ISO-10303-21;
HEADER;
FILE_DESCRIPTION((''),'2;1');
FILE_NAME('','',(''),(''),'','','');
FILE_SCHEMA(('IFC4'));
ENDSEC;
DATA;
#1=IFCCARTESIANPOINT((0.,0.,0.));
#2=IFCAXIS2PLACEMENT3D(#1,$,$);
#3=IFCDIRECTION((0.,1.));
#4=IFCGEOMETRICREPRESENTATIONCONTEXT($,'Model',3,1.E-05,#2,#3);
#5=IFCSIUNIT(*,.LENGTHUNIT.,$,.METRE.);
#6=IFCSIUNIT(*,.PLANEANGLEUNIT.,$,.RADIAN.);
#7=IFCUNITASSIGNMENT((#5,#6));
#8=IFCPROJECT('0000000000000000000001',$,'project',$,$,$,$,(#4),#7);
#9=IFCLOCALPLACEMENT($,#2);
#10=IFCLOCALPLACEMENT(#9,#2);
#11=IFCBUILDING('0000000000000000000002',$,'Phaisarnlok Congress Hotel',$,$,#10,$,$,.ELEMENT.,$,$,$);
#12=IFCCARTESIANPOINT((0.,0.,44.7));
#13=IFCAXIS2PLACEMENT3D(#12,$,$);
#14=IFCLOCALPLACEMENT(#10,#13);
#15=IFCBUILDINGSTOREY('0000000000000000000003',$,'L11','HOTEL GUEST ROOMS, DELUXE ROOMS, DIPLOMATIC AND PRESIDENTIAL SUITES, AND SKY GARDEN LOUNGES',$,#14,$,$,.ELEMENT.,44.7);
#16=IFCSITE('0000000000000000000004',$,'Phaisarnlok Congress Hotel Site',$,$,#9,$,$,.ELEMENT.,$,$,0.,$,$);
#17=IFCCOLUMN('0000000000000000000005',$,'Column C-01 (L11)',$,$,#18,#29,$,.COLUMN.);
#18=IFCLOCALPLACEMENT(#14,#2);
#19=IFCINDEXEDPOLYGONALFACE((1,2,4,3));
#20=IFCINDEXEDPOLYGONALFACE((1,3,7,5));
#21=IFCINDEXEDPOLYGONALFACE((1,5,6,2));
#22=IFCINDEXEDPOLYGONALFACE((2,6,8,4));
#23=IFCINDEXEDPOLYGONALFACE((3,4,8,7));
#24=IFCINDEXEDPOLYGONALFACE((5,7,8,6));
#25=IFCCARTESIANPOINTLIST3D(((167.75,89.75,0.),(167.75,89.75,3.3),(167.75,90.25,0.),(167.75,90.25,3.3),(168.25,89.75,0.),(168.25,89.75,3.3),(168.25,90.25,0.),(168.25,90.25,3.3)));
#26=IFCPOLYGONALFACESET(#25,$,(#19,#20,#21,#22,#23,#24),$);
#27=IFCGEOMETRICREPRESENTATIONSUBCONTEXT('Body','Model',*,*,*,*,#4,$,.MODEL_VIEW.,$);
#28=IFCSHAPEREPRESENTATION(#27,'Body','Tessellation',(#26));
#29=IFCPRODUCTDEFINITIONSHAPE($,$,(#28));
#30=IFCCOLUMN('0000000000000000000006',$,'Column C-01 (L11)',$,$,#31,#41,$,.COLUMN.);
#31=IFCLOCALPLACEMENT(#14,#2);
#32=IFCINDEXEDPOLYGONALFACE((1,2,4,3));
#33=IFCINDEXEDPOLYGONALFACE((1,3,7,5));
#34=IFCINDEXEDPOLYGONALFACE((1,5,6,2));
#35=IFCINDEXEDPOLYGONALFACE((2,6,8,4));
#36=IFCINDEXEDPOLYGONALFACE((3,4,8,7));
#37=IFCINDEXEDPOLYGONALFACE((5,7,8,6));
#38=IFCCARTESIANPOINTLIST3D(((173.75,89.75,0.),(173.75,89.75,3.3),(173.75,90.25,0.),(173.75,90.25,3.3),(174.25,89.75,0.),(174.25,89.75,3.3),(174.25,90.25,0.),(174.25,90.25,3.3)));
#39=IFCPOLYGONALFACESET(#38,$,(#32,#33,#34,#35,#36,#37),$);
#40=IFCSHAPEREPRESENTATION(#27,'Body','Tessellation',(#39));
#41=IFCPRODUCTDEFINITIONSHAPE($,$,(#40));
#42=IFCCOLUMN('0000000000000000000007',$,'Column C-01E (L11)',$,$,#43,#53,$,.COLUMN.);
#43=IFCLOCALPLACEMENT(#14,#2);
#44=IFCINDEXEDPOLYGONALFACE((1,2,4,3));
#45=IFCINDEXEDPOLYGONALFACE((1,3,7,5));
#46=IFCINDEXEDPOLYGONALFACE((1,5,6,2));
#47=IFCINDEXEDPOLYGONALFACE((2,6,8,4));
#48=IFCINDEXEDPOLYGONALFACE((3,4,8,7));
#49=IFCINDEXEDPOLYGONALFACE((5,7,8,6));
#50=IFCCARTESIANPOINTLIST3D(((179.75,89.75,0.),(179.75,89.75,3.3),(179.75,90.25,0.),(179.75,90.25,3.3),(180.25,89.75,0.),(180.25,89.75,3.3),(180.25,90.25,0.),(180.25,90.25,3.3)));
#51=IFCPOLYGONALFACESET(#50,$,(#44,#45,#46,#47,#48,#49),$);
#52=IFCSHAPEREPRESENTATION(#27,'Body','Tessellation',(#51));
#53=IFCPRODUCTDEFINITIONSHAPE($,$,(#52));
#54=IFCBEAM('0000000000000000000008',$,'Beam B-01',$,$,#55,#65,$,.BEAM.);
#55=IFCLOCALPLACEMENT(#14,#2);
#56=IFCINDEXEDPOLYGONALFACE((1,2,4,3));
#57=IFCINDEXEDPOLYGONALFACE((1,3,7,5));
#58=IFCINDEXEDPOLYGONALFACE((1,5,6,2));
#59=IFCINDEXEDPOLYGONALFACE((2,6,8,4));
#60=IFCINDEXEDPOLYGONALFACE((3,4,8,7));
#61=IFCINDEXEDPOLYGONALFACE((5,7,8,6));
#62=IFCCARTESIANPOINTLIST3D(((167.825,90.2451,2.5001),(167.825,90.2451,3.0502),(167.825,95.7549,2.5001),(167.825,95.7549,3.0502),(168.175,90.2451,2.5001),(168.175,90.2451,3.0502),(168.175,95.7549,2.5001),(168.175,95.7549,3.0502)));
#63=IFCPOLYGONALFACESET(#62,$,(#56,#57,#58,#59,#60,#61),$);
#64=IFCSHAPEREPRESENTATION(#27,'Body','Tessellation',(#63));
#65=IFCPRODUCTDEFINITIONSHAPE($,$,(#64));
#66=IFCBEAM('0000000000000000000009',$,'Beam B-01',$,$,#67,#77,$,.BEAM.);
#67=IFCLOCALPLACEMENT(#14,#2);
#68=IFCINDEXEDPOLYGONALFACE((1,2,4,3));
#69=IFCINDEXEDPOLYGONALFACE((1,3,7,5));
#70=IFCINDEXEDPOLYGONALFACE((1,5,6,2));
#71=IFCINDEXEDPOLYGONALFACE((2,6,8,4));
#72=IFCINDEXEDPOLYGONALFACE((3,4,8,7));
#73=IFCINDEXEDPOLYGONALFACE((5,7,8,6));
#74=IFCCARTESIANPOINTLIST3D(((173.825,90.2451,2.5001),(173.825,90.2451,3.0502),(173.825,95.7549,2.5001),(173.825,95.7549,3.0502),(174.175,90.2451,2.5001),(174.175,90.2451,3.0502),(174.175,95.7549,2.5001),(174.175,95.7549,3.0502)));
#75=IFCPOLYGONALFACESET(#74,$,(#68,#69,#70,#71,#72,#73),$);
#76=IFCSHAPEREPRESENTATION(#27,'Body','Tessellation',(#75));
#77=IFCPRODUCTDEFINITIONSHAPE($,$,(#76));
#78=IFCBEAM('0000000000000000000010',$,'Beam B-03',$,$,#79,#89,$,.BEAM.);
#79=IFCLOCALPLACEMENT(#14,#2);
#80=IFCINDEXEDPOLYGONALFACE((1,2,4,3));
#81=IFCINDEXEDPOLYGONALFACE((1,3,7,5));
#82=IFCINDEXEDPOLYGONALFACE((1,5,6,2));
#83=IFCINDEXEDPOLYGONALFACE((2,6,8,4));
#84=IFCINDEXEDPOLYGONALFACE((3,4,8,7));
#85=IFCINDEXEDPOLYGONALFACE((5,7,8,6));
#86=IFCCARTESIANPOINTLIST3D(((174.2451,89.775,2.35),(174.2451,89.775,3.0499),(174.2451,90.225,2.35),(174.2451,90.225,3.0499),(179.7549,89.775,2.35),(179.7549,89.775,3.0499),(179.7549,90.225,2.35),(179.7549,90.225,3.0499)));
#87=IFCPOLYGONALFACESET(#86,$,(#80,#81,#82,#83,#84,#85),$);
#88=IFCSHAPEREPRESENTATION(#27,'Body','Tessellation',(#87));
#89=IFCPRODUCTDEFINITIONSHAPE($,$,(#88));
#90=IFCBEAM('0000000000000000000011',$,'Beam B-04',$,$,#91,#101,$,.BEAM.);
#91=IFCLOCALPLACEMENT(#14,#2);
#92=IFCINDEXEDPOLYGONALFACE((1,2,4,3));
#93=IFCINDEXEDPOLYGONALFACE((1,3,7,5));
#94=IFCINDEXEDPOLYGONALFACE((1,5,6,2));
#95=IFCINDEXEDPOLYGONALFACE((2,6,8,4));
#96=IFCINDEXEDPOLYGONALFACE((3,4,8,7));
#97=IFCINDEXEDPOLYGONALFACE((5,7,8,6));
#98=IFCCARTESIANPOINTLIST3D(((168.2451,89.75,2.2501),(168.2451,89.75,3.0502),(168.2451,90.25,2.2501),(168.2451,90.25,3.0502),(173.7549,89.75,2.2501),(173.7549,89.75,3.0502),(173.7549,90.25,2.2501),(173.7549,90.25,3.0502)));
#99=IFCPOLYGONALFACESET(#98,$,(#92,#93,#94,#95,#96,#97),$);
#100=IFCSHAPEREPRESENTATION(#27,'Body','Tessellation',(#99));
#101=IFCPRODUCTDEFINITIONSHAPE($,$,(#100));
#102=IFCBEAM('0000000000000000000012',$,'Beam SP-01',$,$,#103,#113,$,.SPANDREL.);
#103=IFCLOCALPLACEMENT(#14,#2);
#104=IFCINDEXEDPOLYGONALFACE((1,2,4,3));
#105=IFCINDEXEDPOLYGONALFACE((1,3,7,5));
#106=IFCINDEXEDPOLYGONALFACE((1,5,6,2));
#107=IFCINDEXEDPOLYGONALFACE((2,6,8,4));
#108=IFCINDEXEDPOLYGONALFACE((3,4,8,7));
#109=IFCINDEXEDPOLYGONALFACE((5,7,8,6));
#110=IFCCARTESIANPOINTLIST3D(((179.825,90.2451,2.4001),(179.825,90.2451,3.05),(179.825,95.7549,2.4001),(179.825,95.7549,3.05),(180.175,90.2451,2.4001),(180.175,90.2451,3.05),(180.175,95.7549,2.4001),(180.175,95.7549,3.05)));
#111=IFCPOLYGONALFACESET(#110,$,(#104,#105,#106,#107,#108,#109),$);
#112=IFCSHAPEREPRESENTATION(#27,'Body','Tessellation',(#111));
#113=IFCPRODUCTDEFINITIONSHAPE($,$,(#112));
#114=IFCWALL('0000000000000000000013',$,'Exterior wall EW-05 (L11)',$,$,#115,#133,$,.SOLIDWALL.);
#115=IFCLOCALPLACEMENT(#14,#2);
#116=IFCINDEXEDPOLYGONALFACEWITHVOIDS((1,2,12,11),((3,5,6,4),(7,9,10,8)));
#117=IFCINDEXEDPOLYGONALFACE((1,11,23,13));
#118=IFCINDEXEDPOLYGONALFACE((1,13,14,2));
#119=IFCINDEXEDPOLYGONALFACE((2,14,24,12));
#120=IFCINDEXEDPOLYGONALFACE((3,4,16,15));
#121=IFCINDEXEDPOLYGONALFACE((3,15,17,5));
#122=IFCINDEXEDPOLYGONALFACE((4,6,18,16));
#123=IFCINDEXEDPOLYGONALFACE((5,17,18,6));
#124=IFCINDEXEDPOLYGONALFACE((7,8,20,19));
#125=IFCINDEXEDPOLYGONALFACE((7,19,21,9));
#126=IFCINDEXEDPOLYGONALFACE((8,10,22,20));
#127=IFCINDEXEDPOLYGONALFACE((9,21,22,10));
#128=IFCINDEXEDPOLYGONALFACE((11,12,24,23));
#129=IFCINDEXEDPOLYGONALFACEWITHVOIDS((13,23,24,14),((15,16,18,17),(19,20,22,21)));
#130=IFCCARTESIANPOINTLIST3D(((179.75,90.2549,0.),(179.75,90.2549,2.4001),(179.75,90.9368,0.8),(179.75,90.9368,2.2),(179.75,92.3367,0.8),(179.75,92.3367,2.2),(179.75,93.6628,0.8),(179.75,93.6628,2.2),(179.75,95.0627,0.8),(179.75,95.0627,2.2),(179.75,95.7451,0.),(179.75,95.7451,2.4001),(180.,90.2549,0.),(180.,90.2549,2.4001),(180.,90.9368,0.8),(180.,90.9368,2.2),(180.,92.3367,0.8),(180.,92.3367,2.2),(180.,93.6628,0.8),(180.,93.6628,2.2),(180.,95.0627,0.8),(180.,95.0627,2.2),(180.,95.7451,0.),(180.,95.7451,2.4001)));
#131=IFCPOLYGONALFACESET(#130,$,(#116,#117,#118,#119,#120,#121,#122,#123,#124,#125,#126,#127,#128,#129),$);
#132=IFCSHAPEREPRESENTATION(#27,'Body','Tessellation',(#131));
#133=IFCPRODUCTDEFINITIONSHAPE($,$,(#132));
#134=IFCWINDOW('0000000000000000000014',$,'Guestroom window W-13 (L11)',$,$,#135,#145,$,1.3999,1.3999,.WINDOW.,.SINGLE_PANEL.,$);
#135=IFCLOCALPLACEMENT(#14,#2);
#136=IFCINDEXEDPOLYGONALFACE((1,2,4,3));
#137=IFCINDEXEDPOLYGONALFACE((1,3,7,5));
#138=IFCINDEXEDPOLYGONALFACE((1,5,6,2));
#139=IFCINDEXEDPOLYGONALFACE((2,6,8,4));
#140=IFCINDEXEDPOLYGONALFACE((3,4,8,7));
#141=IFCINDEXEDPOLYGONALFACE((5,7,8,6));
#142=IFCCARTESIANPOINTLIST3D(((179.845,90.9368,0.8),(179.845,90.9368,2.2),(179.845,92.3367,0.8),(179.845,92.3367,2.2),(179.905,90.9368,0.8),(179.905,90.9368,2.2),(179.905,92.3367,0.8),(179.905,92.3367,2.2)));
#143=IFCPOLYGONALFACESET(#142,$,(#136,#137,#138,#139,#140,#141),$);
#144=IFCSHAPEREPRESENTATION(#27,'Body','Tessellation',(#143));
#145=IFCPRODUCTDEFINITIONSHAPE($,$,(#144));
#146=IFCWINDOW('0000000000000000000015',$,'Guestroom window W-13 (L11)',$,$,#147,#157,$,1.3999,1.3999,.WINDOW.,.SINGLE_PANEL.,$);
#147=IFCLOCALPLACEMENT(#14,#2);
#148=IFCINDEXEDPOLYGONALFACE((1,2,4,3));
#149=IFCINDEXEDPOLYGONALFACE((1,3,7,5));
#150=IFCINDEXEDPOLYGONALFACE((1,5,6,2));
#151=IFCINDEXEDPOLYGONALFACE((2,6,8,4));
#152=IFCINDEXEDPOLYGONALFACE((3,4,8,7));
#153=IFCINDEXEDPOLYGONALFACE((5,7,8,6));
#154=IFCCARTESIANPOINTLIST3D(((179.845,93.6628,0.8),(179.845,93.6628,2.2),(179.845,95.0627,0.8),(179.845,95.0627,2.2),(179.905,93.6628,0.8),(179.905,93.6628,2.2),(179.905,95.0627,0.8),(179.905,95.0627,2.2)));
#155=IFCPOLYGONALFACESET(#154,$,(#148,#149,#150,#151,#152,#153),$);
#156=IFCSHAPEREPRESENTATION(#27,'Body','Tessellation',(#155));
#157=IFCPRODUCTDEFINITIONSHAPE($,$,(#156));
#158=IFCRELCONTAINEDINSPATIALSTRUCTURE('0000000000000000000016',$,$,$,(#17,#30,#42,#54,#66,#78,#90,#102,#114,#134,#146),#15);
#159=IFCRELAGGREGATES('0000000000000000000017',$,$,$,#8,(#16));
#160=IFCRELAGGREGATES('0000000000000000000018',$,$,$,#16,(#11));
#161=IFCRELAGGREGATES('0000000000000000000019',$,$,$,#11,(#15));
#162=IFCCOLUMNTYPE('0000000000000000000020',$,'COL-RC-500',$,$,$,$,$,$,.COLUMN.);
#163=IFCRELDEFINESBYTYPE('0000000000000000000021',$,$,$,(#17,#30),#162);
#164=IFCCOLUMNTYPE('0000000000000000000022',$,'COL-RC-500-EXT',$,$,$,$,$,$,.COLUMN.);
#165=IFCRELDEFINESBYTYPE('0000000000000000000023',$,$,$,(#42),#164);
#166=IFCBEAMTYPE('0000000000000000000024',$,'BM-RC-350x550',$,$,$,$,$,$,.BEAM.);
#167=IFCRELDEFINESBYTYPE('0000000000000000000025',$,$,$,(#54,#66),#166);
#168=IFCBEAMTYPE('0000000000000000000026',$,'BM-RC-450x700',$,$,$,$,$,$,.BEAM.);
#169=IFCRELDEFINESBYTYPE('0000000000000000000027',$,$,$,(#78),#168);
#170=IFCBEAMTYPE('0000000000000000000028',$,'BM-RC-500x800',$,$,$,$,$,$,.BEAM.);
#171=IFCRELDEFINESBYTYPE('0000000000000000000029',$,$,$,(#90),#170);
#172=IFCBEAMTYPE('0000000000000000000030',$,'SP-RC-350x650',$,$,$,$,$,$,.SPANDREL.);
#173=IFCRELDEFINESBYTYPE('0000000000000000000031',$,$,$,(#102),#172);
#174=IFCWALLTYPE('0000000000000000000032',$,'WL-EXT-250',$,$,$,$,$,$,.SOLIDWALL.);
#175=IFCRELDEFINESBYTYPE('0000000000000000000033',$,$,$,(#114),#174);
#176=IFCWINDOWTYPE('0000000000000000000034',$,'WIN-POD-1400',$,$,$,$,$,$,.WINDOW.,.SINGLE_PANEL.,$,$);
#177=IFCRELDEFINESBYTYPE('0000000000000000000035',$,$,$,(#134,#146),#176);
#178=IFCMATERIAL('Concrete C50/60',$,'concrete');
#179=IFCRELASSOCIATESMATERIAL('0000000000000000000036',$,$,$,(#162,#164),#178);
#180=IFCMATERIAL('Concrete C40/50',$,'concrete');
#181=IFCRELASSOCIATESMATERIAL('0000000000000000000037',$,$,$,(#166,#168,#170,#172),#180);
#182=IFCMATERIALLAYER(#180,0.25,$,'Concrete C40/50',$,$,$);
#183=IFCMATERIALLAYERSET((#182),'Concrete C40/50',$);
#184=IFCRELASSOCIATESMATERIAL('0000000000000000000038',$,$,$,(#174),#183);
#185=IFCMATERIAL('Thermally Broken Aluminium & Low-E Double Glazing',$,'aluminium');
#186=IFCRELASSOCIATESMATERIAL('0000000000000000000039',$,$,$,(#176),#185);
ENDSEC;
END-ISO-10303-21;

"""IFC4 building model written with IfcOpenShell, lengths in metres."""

from ifc_helpers import new_model, si_unit, direction, frame, frame_2d, origin, origin_2d, place, context, subcontext, project, spatial, rectangle, extrude, material, layer, layer_set, material_profile, profile_set, type_object, element, fill, save


model = new_model("IFC4")

# Units and contexts
model_context = context("Model", 3, precision=1e-05, world=origin(), true_north=direction((0.0, 1.0)))
body_context = subcontext(model_context, "Body", "Model", "MODEL_VIEW")
ifc_project = project(units=[si_unit("LENGTHUNIT", "METRE"), si_unit("PLANEANGLEUNIT", "RADIAN")], contexts=[model_context])

# Site, building, storey
site_placement = place(None, origin())
site = spatial("IfcSite", under=ifc_project, at=site_placement, Name="Phaisarnlok Congress Hotel Site", CompositionType="ELEMENT", RefElevation=0.0)
building_placement = place(site_placement, origin())
building = spatial("IfcBuilding", under=site, at=building_placement, Name="Phaisarnlok Congress Hotel", CompositionType="ELEMENT")
storey_placement = place(building_placement, frame((0.0, 0.0, 44.7)))
storey = spatial("IfcBuildingStorey", under=building, at=storey_placement, Name="L11", Description="HOTEL GUEST ROOMS, DELUXE ROOMS, DIPLOMATIC AND PRESIDENTIAL SUITES, AND SKY GARDEN LOUNGES", CompositionType="ELEMENT", Elevation=44.7)

# Columns
ifc_material_1 = material(Name="Concrete C50/60", Category="concrete")
ifc_material_profile_1 = material_profile(ifc_material_1, rectangle(XDim=0.5, YDim=0.5, at=origin_2d()), Name="RC 500x500")
ifc_profile_set_1 = profile_set([ifc_material_profile_1], Name="Concrete C50/60")
column_type_1 = type_object("IfcColumnType", Name="COL-RC-500", PredefinedType="COLUMN", material=ifc_profile_set_1)
for number, where, z_axis, x_axis, name in (
    (1, (168.0, 90.0, 0.0), (0.0, 0.0, 1.0), (1.0, 0.0, 0.0), "Column C-01 (L11)"),
    (2, (174.0, 90.0, 0.0), (0.0, 0.0, 1.0), (1.0, 0.0, 0.0), "Column C-01 (L11)"),
):
    element("IfcColumn", number, at=place(storey_placement, frame(where, z_axis=z_axis, x_axis=x_axis)), inside=storey, type_object=column_type_1, Name=name, PredefinedType="COLUMN", context=body_context, shape_type="SweptSolid", body=[
        extrude(rectangle(XDim=0.5, YDim=0.5, at=origin_2d()), origin(), (0.0, 0.0, 1.0), 3.3),
    ])
ifc_material_profile_2 = material_profile(ifc_material_1, rectangle(XDim=0.5, YDim=0.5, at=origin_2d()), Name="RC 500x500")
ifc_profile_set_2 = profile_set([ifc_material_profile_2], Name="Concrete C50/60")
column_type_2 = type_object("IfcColumnType", Name="COL-RC-500-EXT", PredefinedType="COLUMN", material=ifc_profile_set_2)
column_placement = place(storey_placement, frame((180.0, 90.0, 0.0), z_axis=(0.0, 0.0, 1.0), x_axis=(1.0, 0.0, 0.0)))
element("IfcColumn", 3, at=column_placement, inside=storey, type_object=column_type_2, Name="Column C-01E (L11)", PredefinedType="COLUMN", context=body_context, shape_type="SweptSolid", body=[
    extrude(rectangle(XDim=0.5, YDim=0.5, at=origin_2d()), origin(), (0.0, 0.0, 1.0), 3.3),
])

# Beams
ifc_material_2 = material(Name="Concrete C40/50", Category="concrete")
ifc_material_profile_3 = material_profile(ifc_material_2, rectangle(XDim=0.3501, YDim=0.55, at=origin_2d()), Name="RC 350x550")
ifc_profile_set_3 = profile_set([ifc_material_profile_3], Name="Concrete C40/50")
beam_type_1 = type_object("IfcBeamType", Name="BM-RC-350x550", PredefinedType="BEAM", material=ifc_profile_set_3)
for number, where, z_axis, x_axis, name in (
    (4, (168.0, 90.2451, 2.7751), (0.0, 1.0, 0.0), (-1.0, 0.0, 0.0), "Beam B-01"),
    (5, (174.0, 90.2451, 2.7751), (0.0, 1.0, 0.0), (-1.0, 0.0, 0.0), "Beam B-01"),
):
    element("IfcBeam", number, at=place(storey_placement, frame(where, z_axis=z_axis, x_axis=x_axis)), inside=storey, type_object=beam_type_1, Name=name, PredefinedType="BEAM", context=body_context, shape_type="SweptSolid", body=[
        extrude(rectangle(XDim=0.3501, YDim=0.55, at=origin_2d()), origin(), (0.0, 0.0, 1.0), 5.5098),
    ])
ifc_material_profile_4 = material_profile(ifc_material_2, rectangle(XDim=0.45, YDim=0.7, at=origin_2d()), Name="RC 450x700")
ifc_profile_set_4 = profile_set([ifc_material_profile_4], Name="Concrete C40/50")
beam_type_2 = type_object("IfcBeamType", Name="BM-RC-450x700", PredefinedType="BEAM", material=ifc_profile_set_4)
beam_1_placement = place(storey_placement, frame((174.2451, 90.0, 2.7), z_axis=(1.0, 0.0, 0.0), x_axis=(0.0, 1.0, 0.0)))
element("IfcBeam", 6, at=beam_1_placement, inside=storey, type_object=beam_type_2, Name="Beam B-03", PredefinedType="BEAM", context=body_context, shape_type="SweptSolid", body=[
    extrude(rectangle(XDim=0.45, YDim=0.7, at=origin_2d()), origin(), (0.0, 0.0, 1.0), 5.5098),
])
ifc_material_profile_5 = material_profile(ifc_material_2, rectangle(XDim=0.5, YDim=0.8, at=origin_2d()), Name="RC 500x800")
ifc_profile_set_5 = profile_set([ifc_material_profile_5], Name="Concrete C40/50")
beam_type_3 = type_object("IfcBeamType", Name="BM-RC-500x800", PredefinedType="BEAM", material=ifc_profile_set_5)
beam_2_placement = place(storey_placement, frame((168.2451, 90.0, 2.6501), z_axis=(1.0, 0.0, 0.0), x_axis=(0.0, 1.0, 0.0)))
element("IfcBeam", 7, at=beam_2_placement, inside=storey, type_object=beam_type_3, Name="Beam B-04", PredefinedType="BEAM", context=body_context, shape_type="SweptSolid", body=[
    extrude(rectangle(XDim=0.5, YDim=0.8, at=origin_2d()), origin(), (0.0, 0.0, 1.0), 5.5098),
])
ifc_material_profile_6 = material_profile(ifc_material_2, rectangle(XDim=0.3501, YDim=0.6499, at=origin_2d()), Name="RC 350x650")
ifc_profile_set_6 = profile_set([ifc_material_profile_6], Name="Concrete C40/50")
beam_type_4 = type_object("IfcBeamType", Name="SP-RC-350x650", PredefinedType="SPANDREL", material=ifc_profile_set_6)
beam_3_placement = place(storey_placement, frame((180.0, 90.2451, 2.7251), z_axis=(0.0, 1.0, 0.0), x_axis=(-1.0, 0.0, 0.0)))
element("IfcBeam", 8, at=beam_3_placement, inside=storey, type_object=beam_type_4, Name="Beam SP-01", PredefinedType="SPANDREL", context=body_context, shape_type="SweptSolid", body=[
    extrude(rectangle(XDim=0.3501, YDim=0.6499, at=origin_2d()), origin(), (0.0, 0.0, 1.0), 5.5098),
])

# Wall, openings, windows
ifc_layer_1 = layer(ifc_material_2, 0.25, Name="Concrete C40/50")
ifc_layer_set_1 = layer_set([ifc_layer_1], Name="Concrete C40/50")
wall_type_1 = type_object("IfcWallType", Name="WL-EXT-250", PredefinedType="SOLIDWALL", material=ifc_layer_set_1)
wall_1_placement = place(storey_placement, frame((179.875, 90.2549, 0.0), z_axis=(0.0, 0.0, 1.0), x_axis=(0.0, 1.0, 0.0)))
wall_1 = element("IfcWall", 9, at=wall_1_placement, inside=storey, type_object=wall_type_1, Name="Exterior wall EW-05 (L11)", PredefinedType="SOLIDWALL", context=body_context, shape_type="SweptSolid", body=[
    extrude(rectangle(XDim=5.4902, YDim=0.25, at=frame_2d((2.7451, 0.0))), origin(), (0.0, 0.0, 1.0), 2.4001),
])
opening_1_placement = place(wall_1_placement, frame((0.6819, 0.0, 0.8)))
opening_1 = element("IfcOpeningElement", 10, at=opening_1_placement, cuts=wall_1, PredefinedType="OPENING", context=body_context, shape_type="SweptSolid", body=[
    extrude(rectangle(XDim=1.3999, YDim=1.3999, at=frame_2d((0.7, 0.7))), frame((0.0, 0.135, 0.0), z_axis=(0.0, -1.0, 0.0), x_axis=(1.0, 0.0, 0.0)), (0.0, 0.0, 1.0), 0.27),
])
opening_2_placement = place(wall_1_placement, frame((3.408, 0.0, 0.8)))
opening_2 = element("IfcOpeningElement", 11, at=opening_2_placement, cuts=wall_1, PredefinedType="OPENING", context=body_context, shape_type="SweptSolid", body=[
    extrude(rectangle(XDim=1.3999, YDim=1.3999, at=frame_2d((0.7, 0.7))), frame((0.0, 0.135, 0.0), z_axis=(0.0, -1.0, 0.0), x_axis=(1.0, 0.0, 0.0)), (0.0, 0.0, 1.0), 0.27),
])
ifc_material_3 = material(Name="Thermally Broken Aluminium & Low-E Double Glazing", Category="aluminium")
window_type = type_object("IfcWindowType", Name="WIN-POD-1400", PartitioningType="SINGLE_PANEL", PredefinedType="WINDOW", material=ifc_material_3)
window_1_placement = place(opening_1_placement, origin())
window_1 = element("IfcWindow", 12, at=window_1_placement, inside=storey, type_object=window_type, Name="Guestroom window W-13 (L11)", OverallHeight=1.3999, OverallWidth=1.3999, PartitioningType="SINGLE_PANEL", PredefinedType="WINDOW", context=body_context, shape_type="SweptSolid", body=[
    extrude(rectangle(XDim=1.3999, YDim=1.3999, at=frame_2d((0.7, 0.7))), frame((0.0, 0.03, 0.0), z_axis=(0.0, -1.0, 0.0), x_axis=(1.0, 0.0, 0.0)), (0.0, 0.0, 1.0), 0.0601),
])
fill(opening_1, window_1)
window_2_placement = place(opening_2_placement, origin())
window_2 = element("IfcWindow", 13, at=window_2_placement, inside=storey, type_object=window_type, Name="Guestroom window W-13 (L11)", OverallHeight=1.3999, OverallWidth=1.3999, PartitioningType="SINGLE_PANEL", PredefinedType="WINDOW", context=body_context, shape_type="SweptSolid", body=[
    extrude(rectangle(XDim=1.3999, YDim=1.3999, at=frame_2d((0.7, 0.7))), frame((0.0, 0.03, 0.0), z_axis=(0.0, -1.0, 0.0), x_axis=(1.0, 0.0, 0.0)), (0.0, 0.0, 1.0), 0.0601),
])
fill(opening_2, window_2)

save(model, "model.ifc")
